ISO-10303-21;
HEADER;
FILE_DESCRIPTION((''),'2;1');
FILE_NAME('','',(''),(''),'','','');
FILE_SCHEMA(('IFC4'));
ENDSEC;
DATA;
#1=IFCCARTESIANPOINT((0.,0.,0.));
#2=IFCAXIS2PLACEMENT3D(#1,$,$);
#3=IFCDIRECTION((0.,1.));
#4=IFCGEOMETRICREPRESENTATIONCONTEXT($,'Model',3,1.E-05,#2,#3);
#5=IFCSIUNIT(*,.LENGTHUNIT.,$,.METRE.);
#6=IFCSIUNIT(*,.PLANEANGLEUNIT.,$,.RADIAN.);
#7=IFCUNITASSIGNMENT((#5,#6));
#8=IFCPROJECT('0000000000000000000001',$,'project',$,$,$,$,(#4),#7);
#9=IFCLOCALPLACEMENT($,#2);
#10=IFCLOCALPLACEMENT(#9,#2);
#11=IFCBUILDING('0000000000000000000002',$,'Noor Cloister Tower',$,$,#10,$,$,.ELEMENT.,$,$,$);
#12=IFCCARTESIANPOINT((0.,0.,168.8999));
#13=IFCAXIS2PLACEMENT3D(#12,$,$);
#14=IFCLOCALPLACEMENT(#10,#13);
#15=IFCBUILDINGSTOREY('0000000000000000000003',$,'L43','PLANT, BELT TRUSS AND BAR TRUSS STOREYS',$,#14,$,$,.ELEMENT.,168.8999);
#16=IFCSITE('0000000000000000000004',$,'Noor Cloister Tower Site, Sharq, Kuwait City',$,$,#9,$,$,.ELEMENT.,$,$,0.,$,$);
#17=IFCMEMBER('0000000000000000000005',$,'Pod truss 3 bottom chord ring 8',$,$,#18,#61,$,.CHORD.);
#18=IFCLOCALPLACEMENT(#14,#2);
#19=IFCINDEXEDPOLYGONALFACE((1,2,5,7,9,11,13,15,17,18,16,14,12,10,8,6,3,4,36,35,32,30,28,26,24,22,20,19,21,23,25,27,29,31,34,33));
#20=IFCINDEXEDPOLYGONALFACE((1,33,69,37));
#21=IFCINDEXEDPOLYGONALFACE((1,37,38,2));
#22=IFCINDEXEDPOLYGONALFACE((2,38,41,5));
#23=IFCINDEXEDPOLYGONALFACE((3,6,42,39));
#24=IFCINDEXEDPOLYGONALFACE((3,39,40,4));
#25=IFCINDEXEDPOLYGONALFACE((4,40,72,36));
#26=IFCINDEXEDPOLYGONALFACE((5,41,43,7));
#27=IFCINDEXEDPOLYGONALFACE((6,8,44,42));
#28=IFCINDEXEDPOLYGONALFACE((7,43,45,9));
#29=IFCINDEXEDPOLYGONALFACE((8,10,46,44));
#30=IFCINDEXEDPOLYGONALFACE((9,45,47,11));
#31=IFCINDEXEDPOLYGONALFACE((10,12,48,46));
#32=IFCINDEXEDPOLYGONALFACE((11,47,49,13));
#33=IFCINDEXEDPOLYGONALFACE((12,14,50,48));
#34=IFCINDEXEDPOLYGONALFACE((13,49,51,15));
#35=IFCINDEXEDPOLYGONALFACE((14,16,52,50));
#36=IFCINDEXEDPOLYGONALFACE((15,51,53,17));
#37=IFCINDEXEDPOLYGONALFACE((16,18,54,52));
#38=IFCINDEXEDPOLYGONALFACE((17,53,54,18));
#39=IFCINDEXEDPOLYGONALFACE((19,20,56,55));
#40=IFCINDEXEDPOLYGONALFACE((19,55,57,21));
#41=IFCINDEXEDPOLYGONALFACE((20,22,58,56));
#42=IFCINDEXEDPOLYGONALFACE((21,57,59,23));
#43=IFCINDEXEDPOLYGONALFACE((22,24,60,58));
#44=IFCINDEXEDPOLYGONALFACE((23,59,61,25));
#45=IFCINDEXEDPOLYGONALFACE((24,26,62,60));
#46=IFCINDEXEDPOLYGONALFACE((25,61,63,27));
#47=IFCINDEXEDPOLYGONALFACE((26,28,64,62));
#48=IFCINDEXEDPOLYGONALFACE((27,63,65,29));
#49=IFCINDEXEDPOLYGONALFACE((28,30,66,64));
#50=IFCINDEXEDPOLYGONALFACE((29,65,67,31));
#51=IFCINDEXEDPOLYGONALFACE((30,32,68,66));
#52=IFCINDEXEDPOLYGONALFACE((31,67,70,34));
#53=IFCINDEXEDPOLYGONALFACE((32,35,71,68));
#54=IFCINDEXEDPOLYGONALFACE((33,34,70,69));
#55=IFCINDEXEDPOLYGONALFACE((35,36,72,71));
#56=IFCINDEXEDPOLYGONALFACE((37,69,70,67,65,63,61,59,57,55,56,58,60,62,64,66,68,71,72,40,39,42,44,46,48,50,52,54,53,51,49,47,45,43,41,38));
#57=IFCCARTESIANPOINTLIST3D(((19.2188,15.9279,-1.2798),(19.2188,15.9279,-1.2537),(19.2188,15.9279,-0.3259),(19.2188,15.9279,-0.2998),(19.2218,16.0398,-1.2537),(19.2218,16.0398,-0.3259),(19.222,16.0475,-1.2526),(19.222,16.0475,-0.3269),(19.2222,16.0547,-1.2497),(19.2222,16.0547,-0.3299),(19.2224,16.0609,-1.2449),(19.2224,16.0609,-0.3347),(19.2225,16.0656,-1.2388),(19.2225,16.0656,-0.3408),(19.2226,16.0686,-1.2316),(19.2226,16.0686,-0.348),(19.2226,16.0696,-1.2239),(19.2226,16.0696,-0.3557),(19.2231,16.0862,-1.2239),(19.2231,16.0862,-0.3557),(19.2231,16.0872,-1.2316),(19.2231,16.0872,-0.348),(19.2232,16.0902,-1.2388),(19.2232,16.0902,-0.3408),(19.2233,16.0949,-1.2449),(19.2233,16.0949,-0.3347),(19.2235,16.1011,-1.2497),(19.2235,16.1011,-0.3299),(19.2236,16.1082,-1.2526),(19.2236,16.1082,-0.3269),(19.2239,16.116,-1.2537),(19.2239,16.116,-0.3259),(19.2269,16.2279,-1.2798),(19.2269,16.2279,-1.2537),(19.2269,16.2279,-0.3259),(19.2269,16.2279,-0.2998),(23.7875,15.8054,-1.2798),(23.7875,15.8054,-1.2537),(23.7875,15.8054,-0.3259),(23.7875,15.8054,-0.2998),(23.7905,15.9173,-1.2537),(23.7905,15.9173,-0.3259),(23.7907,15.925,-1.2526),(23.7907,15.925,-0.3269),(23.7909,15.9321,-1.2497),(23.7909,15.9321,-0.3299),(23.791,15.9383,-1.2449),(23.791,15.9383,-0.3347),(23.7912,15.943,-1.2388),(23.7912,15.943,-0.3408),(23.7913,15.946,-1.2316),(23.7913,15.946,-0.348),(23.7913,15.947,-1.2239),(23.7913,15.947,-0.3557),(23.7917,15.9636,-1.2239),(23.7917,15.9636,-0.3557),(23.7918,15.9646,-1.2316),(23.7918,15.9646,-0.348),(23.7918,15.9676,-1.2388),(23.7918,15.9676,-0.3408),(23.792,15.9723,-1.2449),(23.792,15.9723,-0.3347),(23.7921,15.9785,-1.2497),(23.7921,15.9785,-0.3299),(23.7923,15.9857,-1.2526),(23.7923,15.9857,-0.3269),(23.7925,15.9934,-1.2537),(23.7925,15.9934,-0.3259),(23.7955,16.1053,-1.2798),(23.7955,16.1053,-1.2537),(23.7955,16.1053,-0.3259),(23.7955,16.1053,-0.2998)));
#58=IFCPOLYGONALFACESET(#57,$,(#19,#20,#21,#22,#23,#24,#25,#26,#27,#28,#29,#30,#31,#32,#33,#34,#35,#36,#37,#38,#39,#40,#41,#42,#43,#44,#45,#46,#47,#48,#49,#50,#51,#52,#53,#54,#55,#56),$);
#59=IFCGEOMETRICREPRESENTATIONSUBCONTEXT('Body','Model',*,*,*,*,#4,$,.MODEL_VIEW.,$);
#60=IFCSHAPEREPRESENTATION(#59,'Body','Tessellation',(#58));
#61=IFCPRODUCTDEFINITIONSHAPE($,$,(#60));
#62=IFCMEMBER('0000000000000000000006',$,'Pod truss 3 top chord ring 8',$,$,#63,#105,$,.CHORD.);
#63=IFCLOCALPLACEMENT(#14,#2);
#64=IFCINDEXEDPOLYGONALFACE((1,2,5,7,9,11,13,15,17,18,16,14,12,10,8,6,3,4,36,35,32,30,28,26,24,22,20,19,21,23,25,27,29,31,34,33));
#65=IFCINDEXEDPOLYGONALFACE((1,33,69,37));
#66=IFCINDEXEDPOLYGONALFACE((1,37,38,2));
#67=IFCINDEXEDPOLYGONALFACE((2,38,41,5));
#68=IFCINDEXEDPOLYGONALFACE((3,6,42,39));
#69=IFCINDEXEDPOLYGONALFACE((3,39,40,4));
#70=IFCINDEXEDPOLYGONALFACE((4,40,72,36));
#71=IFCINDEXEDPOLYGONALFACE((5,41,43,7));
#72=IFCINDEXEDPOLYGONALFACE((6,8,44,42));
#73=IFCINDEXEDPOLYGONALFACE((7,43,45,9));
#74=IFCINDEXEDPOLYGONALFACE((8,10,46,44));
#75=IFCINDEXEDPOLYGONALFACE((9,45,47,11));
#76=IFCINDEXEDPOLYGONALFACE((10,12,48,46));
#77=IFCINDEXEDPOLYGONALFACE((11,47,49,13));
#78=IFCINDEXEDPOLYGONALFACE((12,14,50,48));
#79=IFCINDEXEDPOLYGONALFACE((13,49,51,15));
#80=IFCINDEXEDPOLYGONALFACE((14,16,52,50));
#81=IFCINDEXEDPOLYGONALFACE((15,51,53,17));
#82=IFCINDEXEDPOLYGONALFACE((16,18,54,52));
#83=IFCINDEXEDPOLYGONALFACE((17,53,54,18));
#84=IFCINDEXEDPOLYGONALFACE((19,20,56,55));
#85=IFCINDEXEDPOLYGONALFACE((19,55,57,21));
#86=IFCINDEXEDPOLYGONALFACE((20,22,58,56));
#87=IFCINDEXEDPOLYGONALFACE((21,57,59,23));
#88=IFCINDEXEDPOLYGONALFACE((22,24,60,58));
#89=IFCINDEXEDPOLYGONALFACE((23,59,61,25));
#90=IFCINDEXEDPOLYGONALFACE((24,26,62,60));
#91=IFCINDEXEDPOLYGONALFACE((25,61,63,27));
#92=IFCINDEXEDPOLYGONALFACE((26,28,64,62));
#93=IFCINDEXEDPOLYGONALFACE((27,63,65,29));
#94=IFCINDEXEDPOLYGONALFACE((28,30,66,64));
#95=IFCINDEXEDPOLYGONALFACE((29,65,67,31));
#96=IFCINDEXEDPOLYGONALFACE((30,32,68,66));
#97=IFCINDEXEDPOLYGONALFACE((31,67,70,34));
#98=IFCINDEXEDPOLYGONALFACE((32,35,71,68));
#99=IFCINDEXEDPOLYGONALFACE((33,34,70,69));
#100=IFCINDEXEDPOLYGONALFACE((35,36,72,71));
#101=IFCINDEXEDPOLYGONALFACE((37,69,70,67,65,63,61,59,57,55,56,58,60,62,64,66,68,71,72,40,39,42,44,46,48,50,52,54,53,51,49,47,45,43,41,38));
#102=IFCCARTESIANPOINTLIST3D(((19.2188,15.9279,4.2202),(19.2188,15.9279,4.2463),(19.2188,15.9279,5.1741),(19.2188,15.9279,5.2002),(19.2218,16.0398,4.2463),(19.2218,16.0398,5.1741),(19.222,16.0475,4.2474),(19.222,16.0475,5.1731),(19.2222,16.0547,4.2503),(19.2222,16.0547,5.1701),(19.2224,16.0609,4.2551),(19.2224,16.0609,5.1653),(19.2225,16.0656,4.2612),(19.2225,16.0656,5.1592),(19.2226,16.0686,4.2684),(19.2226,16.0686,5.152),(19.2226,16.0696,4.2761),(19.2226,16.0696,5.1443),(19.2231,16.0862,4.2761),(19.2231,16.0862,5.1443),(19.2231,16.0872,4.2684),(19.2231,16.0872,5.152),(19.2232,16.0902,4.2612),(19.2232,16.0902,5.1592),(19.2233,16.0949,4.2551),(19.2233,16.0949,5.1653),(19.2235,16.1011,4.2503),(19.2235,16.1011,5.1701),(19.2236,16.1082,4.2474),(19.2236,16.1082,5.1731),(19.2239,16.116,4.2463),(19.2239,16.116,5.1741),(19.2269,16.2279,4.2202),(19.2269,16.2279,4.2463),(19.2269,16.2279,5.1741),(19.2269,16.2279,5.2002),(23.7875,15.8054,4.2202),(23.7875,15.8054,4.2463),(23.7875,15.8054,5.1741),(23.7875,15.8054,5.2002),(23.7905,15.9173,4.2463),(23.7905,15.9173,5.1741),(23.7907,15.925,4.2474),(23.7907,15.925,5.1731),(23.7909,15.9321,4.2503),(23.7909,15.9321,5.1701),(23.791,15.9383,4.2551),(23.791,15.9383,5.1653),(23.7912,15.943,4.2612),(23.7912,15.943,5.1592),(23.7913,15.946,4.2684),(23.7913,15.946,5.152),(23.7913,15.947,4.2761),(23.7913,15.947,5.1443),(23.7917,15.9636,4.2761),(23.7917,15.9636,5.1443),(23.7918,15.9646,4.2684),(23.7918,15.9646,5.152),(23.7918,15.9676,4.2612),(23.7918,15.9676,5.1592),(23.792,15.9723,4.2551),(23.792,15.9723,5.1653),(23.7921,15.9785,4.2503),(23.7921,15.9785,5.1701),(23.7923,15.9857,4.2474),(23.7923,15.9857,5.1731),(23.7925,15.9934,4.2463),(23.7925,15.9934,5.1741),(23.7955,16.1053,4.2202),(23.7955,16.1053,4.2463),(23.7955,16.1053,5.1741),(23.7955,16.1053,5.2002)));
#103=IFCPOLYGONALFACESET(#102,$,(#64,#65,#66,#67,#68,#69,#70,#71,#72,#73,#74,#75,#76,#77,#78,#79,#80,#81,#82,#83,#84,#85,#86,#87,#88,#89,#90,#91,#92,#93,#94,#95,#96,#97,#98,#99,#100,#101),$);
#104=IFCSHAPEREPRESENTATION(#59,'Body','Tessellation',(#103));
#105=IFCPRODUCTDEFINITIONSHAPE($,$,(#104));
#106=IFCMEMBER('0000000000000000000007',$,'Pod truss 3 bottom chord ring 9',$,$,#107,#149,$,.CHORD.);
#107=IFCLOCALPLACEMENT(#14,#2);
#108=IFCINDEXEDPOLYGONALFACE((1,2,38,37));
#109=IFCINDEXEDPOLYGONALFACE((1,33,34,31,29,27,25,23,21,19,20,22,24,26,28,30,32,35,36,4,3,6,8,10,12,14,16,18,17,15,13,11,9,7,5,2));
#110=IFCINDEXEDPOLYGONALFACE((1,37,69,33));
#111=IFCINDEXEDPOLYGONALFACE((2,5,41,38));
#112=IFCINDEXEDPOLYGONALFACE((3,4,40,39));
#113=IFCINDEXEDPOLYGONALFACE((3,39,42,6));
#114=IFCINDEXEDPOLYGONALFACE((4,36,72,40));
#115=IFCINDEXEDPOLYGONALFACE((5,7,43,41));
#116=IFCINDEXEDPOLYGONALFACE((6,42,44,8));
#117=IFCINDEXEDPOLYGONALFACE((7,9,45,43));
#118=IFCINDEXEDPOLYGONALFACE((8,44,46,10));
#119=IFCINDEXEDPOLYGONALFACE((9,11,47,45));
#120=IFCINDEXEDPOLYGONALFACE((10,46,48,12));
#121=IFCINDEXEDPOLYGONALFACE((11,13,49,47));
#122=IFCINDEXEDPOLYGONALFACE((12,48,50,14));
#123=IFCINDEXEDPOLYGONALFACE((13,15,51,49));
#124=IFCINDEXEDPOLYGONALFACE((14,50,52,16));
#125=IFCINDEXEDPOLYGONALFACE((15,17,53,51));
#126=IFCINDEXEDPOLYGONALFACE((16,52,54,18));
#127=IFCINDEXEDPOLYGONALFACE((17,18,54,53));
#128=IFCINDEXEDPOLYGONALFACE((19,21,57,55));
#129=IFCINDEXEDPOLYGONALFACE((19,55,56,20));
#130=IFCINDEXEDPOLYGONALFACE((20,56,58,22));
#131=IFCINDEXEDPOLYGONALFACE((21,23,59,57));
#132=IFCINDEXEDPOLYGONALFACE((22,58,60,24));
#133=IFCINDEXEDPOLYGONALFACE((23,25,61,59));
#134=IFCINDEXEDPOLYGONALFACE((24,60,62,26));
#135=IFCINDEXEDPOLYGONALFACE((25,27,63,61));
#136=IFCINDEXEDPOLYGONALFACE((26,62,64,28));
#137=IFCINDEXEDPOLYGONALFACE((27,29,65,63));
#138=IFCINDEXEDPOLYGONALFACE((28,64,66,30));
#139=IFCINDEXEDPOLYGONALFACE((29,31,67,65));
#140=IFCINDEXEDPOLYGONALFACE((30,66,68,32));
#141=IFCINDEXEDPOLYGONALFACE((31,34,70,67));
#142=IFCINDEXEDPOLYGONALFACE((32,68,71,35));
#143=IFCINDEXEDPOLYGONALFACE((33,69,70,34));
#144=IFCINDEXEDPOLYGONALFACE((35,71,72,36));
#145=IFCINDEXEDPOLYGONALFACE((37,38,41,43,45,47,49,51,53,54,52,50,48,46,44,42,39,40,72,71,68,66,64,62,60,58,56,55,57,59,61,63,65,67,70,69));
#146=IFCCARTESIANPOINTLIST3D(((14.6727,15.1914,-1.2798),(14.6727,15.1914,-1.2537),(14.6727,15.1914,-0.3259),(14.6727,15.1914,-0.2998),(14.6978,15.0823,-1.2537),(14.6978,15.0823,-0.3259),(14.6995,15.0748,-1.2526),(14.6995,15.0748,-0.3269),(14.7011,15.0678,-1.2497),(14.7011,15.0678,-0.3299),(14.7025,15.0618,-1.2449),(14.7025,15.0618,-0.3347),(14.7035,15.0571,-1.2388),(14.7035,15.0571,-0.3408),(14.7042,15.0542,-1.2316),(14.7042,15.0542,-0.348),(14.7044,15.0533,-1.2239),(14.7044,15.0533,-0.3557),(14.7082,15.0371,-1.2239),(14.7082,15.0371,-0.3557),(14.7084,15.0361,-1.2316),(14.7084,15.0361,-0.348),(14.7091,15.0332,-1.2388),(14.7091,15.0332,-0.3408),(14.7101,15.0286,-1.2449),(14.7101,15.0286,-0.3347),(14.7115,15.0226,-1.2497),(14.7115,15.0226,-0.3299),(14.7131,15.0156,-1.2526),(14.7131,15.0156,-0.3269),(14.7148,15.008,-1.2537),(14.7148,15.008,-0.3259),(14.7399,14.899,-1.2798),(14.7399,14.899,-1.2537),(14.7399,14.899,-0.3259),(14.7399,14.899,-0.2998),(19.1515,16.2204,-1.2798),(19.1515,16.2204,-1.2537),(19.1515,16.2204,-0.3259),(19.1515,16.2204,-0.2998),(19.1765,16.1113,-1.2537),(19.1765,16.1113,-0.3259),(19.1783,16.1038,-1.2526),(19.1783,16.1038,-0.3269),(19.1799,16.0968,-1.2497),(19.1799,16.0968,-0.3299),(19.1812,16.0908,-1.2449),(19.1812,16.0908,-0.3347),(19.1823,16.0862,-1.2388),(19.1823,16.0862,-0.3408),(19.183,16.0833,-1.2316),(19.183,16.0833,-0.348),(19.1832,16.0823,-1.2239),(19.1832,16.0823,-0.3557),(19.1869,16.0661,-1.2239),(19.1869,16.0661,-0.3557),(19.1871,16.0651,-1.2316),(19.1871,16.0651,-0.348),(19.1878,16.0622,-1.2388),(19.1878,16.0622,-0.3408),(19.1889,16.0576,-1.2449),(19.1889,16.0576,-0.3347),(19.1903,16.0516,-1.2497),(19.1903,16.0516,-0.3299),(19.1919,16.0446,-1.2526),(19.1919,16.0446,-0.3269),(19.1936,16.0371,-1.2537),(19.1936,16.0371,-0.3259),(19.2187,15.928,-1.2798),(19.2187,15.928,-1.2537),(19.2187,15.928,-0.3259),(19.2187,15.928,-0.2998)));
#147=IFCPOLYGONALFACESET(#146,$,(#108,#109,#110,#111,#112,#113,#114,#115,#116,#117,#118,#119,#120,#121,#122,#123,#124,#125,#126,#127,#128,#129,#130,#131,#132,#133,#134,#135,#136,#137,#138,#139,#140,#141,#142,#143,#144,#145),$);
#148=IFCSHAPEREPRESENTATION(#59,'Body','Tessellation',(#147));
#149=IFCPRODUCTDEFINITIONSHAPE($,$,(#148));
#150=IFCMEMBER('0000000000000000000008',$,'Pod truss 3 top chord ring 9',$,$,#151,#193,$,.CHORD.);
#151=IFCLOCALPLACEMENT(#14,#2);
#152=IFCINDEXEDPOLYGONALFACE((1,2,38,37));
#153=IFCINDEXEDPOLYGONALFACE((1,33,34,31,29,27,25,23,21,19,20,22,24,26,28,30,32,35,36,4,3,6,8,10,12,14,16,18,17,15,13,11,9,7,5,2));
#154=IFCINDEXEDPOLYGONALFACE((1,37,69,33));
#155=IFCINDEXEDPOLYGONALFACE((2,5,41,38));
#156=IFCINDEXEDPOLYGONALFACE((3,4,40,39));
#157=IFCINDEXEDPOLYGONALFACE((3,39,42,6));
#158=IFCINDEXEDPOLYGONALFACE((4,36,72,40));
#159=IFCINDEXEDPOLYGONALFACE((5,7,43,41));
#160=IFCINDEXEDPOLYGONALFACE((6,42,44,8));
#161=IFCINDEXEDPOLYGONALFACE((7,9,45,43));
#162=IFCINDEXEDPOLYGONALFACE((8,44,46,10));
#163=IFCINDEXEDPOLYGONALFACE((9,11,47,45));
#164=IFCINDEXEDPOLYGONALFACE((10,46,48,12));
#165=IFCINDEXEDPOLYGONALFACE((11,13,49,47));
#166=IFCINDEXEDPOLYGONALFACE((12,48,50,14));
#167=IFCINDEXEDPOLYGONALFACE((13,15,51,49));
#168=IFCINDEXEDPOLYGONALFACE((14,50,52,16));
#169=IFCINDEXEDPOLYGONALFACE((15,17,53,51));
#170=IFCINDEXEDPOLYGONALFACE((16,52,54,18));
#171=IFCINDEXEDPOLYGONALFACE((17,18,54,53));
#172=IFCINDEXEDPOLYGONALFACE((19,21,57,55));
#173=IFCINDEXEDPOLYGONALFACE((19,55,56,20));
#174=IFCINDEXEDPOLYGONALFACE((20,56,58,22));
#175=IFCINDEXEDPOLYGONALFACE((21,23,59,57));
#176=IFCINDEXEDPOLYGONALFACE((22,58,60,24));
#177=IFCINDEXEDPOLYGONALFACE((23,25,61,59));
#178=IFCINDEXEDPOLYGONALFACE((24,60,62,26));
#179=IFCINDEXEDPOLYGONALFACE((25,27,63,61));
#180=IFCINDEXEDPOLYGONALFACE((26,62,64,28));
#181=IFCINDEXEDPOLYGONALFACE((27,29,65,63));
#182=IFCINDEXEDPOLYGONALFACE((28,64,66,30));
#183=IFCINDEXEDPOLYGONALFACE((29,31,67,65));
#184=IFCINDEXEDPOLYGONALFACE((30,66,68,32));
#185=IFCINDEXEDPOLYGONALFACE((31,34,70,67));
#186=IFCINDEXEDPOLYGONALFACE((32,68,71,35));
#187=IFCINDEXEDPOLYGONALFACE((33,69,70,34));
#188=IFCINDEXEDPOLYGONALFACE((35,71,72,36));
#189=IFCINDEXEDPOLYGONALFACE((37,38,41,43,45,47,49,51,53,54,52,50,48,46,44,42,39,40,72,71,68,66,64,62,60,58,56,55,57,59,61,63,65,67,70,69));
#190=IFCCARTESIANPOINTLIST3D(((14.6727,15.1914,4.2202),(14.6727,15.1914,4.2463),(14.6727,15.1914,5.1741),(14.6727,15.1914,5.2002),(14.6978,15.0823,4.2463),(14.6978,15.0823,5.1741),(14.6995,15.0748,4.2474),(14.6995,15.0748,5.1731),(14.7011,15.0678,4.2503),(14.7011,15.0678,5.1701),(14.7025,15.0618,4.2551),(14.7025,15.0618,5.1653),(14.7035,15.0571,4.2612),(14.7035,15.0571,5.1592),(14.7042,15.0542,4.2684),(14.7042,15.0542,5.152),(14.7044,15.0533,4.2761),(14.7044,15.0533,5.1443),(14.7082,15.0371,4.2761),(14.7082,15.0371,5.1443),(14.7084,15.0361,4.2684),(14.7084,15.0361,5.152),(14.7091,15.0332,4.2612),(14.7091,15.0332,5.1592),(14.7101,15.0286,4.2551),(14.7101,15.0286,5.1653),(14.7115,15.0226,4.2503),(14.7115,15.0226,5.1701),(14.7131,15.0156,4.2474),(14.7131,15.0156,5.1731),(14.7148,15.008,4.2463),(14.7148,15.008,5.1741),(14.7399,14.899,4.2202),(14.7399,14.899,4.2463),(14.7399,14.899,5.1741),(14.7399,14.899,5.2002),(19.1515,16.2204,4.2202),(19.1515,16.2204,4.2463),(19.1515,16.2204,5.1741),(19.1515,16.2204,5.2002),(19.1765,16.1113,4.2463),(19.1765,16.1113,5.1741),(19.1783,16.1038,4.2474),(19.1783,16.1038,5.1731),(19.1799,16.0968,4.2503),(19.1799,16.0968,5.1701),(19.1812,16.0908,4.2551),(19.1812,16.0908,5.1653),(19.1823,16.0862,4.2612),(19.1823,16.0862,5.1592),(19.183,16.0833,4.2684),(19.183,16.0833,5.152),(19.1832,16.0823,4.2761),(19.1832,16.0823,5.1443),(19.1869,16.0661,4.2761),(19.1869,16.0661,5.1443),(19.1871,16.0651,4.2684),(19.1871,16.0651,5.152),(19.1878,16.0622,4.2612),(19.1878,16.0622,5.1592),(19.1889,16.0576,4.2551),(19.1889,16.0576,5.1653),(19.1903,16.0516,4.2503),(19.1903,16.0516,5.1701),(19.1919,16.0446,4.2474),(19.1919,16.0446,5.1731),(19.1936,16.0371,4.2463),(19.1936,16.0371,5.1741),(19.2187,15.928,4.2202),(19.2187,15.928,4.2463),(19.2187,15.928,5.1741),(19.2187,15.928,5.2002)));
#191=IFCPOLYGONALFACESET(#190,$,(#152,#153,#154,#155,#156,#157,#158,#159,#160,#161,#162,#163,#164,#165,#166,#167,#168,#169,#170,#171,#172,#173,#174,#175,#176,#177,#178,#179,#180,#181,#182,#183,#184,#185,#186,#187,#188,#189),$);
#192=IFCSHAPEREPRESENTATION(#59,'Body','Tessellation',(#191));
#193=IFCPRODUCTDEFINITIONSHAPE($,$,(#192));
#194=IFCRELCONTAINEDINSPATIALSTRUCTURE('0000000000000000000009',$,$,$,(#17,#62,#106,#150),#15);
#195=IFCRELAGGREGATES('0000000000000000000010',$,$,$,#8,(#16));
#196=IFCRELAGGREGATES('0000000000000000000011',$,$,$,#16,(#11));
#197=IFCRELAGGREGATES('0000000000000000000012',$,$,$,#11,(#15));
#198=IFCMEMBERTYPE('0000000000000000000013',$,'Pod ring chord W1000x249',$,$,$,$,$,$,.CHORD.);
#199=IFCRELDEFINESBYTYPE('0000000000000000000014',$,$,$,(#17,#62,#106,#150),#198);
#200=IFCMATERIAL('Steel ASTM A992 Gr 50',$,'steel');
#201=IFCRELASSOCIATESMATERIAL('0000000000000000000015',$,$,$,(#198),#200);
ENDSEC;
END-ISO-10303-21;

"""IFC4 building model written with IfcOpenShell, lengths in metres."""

from ifc_helpers import new_model, si_unit, direction, frame, origin, origin_2d, place, context, subcontext, project, spatial, i_section, extrude, material, material_profile, profile_set, type_object, element, save


model = new_model("IFC4")

# Units and contexts
model_context = context("Model", 3, precision=1e-05, world=origin(), true_north=direction((0.0, 1.0)))
body_context = subcontext(model_context, "Body", "Model", "MODEL_VIEW")
ifc_project = project(units=[si_unit("LENGTHUNIT", "METRE"), si_unit("PLANEANGLEUNIT", "RADIAN")], contexts=[model_context])

# Site, building, storey
site_placement = place(None, origin())
site = spatial("IfcSite", under=ifc_project, at=site_placement, Name="Noor Cloister Tower Site, Sharq, Kuwait City", CompositionType="ELEMENT", RefElevation=0.0)
building_placement = place(site_placement, origin())
building = spatial("IfcBuilding", under=site, at=building_placement, Name="Noor Cloister Tower", CompositionType="ELEMENT")
storey_placement = place(building_placement, frame((0.0, 0.0, 168.8999)))
storey = spatial("IfcBuildingStorey", under=building, at=storey_placement, Name="L43", Description="PLANT, BELT TRUSS AND BAR TRUSS STOREYS", CompositionType="ELEMENT", Elevation=168.8999)

# Members
ifc_material_1 = material(Name="Steel ASTM A992 Gr 50", Category="steel")
ifc_material_profile_1 = material_profile(ifc_material_1, i_section(OverallWidth=0.3, OverallDepth=0.98, WebThickness=0.0166, FlangeThickness=0.0261, FilletRadius=0.0298, at=origin_2d()), Name="W1000x249")
ifc_profile_set_1 = profile_set([ifc_material_profile_1], Name="Steel ASTM A992 Gr 50")
member_type_1 = type_object("IfcMemberType", Name="Pod ring chord W1000x249", PredefinedType="CHORD", material=ifc_profile_set_1)
for number, where, z_axis, x_axis, name in (
    (1, (23.7915, 15.9553, -0.7898), (-0.99964, 0.026817, 0.0), (-0.026817, -0.99964, 0.0), "Pod truss 3 bottom chord ring 8"),
    (2, (23.7915, 15.9553, 4.7102), (-0.99964, 0.026817, 0.0), (-0.026817, -0.99964, 0.0), "Pod truss 3 top chord ring 8"),
):
    element("IfcMember", number, at=place(storey_placement, frame(where, z_axis=z_axis, x_axis=x_axis)), inside=storey, type_object=member_type_1, Name=name, PredefinedType="CHORD", context=body_context, shape_type="SweptSolid", body=[
        extrude(i_section(OverallWidth=0.3, OverallDepth=0.98, WebThickness=0.0166, FlangeThickness=0.0261, FilletRadius=0.0298, at=origin_2d()), origin(), (0.0, 0.0, 1.0), 4.5703),
    ])
for number, where, z_axis, x_axis, name in (
    (3, (19.1851, 16.0742, -0.7898), (-0.974606, -0.223928, 0.0), (0.223928, -0.974606, 0.0), "Pod truss 3 bottom chord ring 9"),
    (4, (19.1851, 16.0742, 4.7102), (-0.974606, -0.223928, 0.0), (0.223928, -0.974606, 0.0), "Pod truss 3 top chord ring 9"),
):
    element("IfcMember", number, at=place(storey_placement, frame(where, z_axis=z_axis, x_axis=x_axis)), inside=storey, type_object=member_type_1, Name=name, PredefinedType="CHORD", context=body_context, shape_type="SweptSolid", body=[
        extrude(i_section(OverallWidth=0.3, OverallDepth=0.98, WebThickness=0.0166, FlangeThickness=0.0261, FilletRadius=0.0298, at=origin_2d()), origin(), (0.0, 0.0, 1.0), 4.5955),
    ])

save(model, "model.ifc")
